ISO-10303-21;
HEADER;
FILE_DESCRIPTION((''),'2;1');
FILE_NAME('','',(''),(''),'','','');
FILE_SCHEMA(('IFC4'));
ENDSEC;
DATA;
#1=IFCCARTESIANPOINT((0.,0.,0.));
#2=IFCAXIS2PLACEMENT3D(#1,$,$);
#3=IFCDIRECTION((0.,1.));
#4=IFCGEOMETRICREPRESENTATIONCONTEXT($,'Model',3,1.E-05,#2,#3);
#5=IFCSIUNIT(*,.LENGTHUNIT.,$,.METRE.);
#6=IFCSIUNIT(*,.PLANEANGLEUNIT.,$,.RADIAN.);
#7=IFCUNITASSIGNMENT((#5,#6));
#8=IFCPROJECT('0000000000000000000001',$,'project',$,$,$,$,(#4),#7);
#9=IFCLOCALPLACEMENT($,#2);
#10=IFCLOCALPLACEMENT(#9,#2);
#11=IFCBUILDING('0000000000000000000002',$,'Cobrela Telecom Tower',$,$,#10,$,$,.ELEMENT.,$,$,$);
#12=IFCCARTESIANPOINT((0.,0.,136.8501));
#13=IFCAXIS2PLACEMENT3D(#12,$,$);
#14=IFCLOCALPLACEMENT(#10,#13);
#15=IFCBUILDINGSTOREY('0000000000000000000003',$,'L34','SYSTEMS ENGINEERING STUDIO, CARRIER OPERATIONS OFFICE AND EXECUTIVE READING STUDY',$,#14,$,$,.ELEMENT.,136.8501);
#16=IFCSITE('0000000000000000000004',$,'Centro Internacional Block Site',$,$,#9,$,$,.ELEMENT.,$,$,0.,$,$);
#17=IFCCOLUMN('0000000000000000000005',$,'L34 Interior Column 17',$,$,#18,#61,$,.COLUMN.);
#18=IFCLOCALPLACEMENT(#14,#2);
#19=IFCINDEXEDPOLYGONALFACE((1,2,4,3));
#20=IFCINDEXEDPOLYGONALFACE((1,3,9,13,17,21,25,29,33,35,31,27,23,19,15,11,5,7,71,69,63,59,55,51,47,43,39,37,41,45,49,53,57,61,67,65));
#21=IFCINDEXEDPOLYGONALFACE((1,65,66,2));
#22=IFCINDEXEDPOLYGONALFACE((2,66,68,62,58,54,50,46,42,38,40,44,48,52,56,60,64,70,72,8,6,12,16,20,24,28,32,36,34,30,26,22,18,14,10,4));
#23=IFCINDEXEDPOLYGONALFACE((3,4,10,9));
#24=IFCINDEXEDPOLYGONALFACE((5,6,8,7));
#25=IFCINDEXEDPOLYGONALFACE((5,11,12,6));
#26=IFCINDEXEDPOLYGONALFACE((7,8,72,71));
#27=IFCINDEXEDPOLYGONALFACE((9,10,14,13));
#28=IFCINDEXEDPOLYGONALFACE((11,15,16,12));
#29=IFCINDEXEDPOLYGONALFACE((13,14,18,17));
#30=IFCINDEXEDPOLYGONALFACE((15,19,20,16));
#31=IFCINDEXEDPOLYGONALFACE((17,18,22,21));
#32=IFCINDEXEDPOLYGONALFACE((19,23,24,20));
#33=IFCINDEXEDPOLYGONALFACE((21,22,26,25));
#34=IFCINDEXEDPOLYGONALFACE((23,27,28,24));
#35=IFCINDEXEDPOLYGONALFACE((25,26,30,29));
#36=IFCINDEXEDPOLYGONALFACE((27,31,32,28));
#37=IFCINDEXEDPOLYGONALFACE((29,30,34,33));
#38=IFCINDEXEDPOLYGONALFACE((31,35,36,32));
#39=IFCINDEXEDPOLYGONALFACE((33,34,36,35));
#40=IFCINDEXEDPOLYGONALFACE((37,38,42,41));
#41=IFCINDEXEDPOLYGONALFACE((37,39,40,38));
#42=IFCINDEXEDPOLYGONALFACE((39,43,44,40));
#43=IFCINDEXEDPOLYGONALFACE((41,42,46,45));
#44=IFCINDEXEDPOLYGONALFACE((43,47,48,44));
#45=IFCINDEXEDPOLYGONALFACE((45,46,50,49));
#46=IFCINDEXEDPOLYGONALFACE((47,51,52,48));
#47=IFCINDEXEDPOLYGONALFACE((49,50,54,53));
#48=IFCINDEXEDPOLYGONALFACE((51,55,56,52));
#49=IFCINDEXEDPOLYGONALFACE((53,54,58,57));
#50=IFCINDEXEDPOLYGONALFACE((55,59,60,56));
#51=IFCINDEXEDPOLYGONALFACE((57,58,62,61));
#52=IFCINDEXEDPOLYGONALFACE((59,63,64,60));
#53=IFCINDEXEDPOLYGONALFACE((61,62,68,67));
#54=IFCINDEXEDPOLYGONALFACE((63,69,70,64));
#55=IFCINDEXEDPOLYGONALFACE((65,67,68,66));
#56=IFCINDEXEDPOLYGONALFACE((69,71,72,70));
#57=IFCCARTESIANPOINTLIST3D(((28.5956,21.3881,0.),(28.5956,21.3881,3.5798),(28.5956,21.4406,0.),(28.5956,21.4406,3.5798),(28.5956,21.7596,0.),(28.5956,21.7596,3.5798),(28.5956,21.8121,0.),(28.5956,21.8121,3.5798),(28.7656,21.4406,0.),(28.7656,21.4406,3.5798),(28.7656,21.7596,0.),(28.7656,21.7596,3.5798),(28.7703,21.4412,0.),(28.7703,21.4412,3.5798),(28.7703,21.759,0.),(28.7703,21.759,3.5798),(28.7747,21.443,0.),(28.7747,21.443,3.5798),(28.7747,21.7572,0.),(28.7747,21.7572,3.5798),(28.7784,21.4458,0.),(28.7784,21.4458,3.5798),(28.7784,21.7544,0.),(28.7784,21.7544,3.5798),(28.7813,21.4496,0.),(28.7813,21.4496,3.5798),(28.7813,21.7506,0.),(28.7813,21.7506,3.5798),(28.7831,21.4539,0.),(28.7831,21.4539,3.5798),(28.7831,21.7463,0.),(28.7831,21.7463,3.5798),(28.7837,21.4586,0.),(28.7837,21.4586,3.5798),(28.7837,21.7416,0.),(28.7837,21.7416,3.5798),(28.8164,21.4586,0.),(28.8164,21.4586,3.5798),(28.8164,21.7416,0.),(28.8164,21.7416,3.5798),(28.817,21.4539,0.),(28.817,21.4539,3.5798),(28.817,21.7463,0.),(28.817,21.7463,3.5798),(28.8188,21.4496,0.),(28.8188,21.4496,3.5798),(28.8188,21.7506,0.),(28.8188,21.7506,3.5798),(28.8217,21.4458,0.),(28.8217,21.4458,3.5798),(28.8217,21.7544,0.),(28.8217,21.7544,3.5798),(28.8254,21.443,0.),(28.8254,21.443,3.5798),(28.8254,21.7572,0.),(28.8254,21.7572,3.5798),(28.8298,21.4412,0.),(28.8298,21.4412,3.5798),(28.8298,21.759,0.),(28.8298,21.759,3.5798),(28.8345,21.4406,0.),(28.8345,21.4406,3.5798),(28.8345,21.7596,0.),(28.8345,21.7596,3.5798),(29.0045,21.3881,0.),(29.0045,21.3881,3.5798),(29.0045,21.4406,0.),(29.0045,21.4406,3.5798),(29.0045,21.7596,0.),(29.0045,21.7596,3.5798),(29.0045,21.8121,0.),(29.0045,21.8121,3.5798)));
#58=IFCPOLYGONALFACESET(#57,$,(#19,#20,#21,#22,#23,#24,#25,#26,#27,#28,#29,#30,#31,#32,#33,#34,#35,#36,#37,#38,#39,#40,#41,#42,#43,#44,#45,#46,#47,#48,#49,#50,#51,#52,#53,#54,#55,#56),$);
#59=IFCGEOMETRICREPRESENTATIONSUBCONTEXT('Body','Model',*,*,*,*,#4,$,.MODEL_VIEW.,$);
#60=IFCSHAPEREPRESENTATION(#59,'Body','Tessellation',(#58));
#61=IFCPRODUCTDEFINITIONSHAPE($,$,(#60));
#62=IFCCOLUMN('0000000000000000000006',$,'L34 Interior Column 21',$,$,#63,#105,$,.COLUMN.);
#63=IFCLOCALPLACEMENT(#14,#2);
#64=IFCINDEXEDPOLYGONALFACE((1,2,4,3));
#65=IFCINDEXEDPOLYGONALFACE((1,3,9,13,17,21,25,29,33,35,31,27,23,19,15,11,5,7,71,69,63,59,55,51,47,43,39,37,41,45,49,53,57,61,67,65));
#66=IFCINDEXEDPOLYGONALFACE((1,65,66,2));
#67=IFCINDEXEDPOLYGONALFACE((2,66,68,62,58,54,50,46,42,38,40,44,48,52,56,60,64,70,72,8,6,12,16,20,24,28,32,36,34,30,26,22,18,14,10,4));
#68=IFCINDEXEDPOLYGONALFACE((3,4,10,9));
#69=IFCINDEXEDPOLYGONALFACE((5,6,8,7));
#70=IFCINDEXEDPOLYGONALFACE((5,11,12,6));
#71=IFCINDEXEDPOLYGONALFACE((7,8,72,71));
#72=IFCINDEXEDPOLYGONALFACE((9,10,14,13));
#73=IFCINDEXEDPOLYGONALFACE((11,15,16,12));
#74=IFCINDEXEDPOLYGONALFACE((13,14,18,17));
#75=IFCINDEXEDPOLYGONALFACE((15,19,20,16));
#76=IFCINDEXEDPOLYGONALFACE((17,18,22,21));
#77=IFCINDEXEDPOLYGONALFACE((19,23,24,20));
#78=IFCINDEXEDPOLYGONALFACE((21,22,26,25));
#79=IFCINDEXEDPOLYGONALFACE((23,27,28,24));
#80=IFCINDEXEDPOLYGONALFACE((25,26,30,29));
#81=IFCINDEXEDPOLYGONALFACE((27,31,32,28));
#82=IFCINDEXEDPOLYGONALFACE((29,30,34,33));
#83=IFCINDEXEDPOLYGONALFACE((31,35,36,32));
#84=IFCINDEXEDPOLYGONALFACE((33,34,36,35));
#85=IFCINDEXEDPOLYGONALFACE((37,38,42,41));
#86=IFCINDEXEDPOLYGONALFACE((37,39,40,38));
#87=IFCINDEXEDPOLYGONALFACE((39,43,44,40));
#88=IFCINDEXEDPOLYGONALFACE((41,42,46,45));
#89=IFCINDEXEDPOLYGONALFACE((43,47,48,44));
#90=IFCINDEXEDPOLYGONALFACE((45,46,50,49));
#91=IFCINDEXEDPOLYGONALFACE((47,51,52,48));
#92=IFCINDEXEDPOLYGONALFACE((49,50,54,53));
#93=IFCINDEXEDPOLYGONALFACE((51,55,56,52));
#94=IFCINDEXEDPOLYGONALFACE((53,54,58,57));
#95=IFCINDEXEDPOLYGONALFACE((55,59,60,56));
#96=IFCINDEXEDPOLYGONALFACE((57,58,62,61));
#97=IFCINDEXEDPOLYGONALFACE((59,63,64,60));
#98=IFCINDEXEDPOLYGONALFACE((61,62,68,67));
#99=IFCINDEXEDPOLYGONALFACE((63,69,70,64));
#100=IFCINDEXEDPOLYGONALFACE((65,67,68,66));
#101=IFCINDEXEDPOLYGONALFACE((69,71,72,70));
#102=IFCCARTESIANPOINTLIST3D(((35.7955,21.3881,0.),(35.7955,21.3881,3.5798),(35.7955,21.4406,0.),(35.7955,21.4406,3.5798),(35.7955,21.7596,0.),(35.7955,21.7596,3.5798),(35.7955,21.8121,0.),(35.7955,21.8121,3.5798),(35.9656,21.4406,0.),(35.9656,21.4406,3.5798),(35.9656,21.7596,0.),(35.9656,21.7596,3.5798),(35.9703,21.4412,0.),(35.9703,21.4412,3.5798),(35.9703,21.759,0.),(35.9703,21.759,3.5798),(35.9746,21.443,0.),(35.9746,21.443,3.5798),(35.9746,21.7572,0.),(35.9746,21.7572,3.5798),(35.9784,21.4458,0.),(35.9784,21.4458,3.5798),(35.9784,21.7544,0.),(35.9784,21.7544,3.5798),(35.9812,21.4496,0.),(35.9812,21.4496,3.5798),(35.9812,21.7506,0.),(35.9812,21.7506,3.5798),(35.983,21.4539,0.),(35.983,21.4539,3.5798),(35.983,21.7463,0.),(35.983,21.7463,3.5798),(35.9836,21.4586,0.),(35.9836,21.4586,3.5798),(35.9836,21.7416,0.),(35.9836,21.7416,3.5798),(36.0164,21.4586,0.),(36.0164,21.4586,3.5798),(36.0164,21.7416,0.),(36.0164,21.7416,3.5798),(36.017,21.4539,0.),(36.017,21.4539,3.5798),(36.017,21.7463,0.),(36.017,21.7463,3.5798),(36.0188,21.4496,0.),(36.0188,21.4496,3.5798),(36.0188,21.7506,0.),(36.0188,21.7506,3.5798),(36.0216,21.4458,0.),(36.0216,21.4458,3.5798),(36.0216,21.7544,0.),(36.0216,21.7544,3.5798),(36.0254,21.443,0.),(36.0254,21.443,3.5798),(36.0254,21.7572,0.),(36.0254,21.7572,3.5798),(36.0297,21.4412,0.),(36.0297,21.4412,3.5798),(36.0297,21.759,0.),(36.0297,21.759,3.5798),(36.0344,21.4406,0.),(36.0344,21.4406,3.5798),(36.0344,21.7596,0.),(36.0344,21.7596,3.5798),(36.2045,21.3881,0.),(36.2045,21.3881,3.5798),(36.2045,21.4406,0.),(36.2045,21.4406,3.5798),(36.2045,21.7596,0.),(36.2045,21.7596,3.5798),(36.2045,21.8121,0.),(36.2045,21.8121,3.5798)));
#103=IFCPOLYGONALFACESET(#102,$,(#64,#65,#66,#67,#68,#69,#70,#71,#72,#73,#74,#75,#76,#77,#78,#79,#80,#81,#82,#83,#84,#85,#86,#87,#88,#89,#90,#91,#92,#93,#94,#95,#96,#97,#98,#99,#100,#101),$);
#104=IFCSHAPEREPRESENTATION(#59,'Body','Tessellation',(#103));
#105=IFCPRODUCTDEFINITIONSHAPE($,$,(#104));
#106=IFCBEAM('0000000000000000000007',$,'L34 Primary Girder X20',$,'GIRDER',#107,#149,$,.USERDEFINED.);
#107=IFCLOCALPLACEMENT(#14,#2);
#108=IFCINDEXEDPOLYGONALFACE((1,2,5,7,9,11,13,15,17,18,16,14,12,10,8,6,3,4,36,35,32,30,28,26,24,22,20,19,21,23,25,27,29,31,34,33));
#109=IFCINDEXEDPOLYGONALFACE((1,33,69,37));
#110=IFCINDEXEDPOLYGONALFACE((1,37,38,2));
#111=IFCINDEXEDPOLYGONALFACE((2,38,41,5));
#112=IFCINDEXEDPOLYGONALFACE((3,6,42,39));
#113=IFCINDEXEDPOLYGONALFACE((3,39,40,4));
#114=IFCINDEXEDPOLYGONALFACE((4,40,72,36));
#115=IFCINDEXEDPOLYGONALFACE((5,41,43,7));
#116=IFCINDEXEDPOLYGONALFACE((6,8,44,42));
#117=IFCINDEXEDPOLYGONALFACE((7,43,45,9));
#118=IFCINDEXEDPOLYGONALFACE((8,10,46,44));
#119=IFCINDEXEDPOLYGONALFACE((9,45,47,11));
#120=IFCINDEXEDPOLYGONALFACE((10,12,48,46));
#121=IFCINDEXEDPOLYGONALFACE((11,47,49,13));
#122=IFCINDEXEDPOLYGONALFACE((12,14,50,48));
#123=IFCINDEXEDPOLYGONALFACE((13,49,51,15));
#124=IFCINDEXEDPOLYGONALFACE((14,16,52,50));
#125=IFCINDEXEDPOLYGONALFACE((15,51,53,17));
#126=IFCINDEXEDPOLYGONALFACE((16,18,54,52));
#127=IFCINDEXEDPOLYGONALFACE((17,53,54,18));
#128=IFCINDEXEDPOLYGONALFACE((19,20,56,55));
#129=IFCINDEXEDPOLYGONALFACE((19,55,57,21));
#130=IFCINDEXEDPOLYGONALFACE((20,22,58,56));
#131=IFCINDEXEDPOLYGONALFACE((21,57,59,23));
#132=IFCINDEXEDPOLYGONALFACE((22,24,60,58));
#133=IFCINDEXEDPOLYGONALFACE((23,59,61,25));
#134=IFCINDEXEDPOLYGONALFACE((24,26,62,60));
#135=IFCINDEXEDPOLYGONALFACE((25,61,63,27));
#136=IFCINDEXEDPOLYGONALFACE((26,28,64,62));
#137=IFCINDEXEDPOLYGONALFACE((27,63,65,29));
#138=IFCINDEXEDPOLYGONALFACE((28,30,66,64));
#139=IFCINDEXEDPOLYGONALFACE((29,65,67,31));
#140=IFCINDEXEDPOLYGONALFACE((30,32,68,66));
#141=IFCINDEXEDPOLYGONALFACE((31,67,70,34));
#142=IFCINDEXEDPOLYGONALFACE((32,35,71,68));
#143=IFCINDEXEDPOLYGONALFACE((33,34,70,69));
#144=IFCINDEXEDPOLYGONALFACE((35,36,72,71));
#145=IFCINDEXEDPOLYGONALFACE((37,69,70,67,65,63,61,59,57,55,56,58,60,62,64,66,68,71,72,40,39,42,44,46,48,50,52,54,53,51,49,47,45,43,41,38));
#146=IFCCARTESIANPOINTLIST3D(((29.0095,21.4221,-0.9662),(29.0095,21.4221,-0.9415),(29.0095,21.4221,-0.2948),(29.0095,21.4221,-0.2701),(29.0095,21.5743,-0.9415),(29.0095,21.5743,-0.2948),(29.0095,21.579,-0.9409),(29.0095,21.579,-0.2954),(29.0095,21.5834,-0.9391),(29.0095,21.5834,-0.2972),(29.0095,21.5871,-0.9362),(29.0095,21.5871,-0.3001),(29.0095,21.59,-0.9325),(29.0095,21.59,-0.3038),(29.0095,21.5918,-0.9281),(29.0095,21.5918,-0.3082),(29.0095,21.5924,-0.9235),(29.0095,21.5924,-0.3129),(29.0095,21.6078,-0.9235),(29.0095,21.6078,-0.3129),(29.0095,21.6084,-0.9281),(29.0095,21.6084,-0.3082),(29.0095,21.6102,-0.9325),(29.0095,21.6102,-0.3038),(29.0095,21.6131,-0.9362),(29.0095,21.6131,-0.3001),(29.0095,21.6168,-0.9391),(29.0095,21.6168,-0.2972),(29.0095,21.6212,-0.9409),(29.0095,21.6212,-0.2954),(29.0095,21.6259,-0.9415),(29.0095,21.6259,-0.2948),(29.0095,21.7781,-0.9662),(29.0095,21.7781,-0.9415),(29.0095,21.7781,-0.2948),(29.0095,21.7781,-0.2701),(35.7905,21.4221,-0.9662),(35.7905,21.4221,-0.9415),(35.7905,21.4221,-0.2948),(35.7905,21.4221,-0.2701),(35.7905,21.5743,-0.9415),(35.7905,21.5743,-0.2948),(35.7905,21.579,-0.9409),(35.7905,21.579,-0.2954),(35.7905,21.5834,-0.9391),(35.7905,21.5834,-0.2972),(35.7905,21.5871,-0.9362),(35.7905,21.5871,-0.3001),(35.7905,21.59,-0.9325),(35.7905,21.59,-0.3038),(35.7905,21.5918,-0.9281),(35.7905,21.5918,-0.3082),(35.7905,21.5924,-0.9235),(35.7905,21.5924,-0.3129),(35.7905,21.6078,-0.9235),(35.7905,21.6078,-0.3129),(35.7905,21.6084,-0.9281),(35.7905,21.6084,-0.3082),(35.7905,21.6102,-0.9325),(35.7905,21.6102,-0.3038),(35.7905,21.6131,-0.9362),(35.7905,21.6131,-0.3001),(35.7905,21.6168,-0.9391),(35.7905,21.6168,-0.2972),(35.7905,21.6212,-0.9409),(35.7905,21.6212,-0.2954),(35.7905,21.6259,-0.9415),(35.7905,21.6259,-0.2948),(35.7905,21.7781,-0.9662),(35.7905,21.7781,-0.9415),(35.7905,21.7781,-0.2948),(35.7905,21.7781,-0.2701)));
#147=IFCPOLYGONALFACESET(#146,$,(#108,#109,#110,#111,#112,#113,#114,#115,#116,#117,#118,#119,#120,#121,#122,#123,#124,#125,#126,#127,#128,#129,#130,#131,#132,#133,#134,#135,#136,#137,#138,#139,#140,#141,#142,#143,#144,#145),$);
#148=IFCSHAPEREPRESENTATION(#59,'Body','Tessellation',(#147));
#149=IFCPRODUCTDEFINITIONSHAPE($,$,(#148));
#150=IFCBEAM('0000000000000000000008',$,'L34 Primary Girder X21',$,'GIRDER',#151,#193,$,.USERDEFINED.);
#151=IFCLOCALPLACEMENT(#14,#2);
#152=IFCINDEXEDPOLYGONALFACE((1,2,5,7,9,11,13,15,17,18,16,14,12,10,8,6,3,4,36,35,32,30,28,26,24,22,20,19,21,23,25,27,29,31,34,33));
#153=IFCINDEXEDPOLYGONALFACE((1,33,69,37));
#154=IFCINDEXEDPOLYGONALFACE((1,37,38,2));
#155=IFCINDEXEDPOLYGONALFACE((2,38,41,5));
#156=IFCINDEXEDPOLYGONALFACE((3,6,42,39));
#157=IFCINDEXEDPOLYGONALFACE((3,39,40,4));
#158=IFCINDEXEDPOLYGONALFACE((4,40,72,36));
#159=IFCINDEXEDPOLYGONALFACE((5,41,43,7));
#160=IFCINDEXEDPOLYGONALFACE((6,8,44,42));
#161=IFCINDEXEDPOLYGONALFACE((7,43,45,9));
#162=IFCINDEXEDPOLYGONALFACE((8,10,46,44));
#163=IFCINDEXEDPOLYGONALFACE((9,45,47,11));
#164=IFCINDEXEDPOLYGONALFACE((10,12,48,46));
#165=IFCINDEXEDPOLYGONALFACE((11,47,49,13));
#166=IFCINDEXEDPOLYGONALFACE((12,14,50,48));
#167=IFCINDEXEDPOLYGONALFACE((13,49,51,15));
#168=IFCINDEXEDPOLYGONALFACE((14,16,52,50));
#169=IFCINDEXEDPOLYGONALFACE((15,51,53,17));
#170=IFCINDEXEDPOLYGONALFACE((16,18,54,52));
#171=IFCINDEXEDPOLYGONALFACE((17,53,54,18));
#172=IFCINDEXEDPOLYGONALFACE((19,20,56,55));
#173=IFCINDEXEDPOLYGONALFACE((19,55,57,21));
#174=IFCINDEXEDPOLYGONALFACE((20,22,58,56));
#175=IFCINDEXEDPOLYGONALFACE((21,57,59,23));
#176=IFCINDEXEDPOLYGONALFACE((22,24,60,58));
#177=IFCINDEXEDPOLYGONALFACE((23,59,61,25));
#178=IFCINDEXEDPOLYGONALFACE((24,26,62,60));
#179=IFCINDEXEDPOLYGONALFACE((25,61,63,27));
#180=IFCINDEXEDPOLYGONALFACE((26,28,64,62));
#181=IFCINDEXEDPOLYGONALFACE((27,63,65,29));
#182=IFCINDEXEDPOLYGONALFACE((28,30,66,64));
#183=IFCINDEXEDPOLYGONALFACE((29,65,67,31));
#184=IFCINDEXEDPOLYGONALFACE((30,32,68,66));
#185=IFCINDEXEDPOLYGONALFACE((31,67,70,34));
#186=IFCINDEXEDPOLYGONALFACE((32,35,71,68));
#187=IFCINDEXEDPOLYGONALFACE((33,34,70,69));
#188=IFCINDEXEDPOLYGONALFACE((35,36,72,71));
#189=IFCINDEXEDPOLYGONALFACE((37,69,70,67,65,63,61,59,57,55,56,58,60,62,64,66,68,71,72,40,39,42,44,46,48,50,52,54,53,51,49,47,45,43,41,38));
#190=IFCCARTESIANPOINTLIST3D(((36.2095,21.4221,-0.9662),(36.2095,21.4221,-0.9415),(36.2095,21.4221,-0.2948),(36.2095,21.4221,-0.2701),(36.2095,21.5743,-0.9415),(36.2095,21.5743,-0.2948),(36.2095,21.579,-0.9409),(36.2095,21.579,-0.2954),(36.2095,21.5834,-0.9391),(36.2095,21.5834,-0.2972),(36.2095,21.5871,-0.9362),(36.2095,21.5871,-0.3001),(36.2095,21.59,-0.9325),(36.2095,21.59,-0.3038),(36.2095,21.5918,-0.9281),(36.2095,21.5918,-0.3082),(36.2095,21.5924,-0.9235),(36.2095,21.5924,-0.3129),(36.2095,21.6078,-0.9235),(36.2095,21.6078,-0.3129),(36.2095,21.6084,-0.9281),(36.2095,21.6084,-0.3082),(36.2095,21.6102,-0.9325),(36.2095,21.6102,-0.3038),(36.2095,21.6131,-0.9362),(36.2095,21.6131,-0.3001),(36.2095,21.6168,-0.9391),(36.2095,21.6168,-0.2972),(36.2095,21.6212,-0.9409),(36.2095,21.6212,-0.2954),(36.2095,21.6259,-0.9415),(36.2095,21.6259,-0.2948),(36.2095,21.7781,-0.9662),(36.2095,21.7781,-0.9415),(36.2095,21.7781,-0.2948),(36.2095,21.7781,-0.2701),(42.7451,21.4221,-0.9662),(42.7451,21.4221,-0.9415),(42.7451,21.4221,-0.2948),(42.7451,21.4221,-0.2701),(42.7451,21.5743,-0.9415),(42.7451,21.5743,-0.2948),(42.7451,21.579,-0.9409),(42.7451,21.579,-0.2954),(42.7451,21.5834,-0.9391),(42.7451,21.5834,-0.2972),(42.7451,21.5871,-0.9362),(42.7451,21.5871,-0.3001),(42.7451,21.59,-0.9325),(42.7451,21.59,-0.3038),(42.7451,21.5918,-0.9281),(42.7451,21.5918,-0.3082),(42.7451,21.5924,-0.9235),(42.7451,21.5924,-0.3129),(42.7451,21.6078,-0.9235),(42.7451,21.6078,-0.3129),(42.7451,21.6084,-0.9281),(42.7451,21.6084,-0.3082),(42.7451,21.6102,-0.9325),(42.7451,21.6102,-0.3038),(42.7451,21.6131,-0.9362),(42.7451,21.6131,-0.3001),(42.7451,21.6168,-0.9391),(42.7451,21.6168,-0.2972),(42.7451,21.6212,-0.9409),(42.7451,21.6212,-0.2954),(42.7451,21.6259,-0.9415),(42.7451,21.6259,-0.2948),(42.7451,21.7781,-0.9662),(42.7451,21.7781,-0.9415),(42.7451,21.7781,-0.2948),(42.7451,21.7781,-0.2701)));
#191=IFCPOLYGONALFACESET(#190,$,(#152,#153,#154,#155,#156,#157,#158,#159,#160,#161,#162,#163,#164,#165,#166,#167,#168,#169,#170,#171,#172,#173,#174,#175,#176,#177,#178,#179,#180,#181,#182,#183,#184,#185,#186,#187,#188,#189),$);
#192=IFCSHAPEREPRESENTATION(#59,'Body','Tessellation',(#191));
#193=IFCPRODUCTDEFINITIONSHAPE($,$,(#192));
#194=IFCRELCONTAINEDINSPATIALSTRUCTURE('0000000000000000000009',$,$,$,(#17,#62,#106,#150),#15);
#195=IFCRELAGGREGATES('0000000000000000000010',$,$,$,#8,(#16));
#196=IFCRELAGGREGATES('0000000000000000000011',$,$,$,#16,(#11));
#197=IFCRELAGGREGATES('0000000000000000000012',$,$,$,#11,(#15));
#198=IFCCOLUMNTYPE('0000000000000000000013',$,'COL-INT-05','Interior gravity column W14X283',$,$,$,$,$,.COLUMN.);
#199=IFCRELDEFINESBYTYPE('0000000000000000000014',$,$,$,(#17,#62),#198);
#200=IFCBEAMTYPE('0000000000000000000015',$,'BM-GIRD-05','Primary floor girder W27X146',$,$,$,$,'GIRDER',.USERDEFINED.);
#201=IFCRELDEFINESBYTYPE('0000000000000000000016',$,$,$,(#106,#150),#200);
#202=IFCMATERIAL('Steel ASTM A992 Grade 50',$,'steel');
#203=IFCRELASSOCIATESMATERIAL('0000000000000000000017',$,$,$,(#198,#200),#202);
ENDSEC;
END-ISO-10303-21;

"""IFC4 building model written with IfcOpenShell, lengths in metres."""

from ifc_helpers import new_model, si_unit, direction, frame, origin, origin_2d, place, context, subcontext, project, spatial, i_section, extrude, material, material_profile, profile_set, type_object, element, save


model = new_model("IFC4")

# Units and contexts
model_context = context("Model", 3, precision=1e-05, world=origin(), true_north=direction((0.0, 1.0)))
body_context = subcontext(model_context, "Body", "Model", "MODEL_VIEW")
ifc_project = project(units=[si_unit("LENGTHUNIT", "METRE"), si_unit("PLANEANGLEUNIT", "RADIAN")], contexts=[model_context])

# Site, building, storey
site_placement = place(None, origin())
site = spatial("IfcSite", under=ifc_project, at=site_placement, Name="Centro Internacional Block Site", CompositionType="ELEMENT", RefElevation=0.0)
building_placement = place(site_placement, origin())
building = spatial("IfcBuilding", under=site, at=building_placement, Name="Cobrela Telecom Tower", CompositionType="ELEMENT")
storey_placement = place(building_placement, frame((0.0, 0.0, 136.8501)))
storey = spatial("IfcBuildingStorey", under=building, at=storey_placement, Name="L34", Description="SYSTEMS ENGINEERING STUDIO, CARRIER OPERATIONS OFFICE AND EXECUTIVE READING STUDY", CompositionType="ELEMENT", Elevation=136.8501)

# Columns
ifc_material_1 = material(Name="Steel ASTM A992 Grade 50", Category="steel")
ifc_material_profile_1 = material_profile(ifc_material_1, i_section(OverallWidth=0.4089, OverallDepth=0.4241, WebThickness=0.0327, FlangeThickness=0.0525, FilletRadius=0.0181, at=origin_2d()), Name="W14X283")
ifc_profile_set_1 = profile_set([ifc_material_profile_1], Name="Steel ASTM A992 Grade 50")
column_type = type_object("IfcColumnType", Name="COL-INT-05", Description="Interior gravity column W14X283", PredefinedType="COLUMN", material=ifc_profile_set_1)
for number, where, z_axis, x_axis, name in (
    (1, (28.8, 21.6001, 0.0), (0.0, 0.0, 1.0), (1.0, 0.0, 0.0), "L34 Interior Column 17"),
    (2, (36.0, 21.6001, 0.0), (0.0, 0.0, 1.0), (1.0, 0.0, 0.0), "L34 Interior Column 21"),
):
    element("IfcColumn", number, at=place(storey_placement, frame(where, z_axis=z_axis, x_axis=x_axis)), inside=storey, type_object=column_type, Name=name, PredefinedType="COLUMN", context=body_context, shape_type="SweptSolid", body=[
        extrude(i_section(OverallWidth=0.4089, OverallDepth=0.4241, WebThickness=0.0327, FlangeThickness=0.0525, FilletRadius=0.0181, at=origin_2d()), origin(), (0.0, 0.0, 1.0), 3.5798),
    ])

# Beams
ifc_material_profile_2 = material_profile(ifc_material_1, i_section(OverallWidth=0.356, OverallDepth=0.696, WebThickness=0.0154, FlangeThickness=0.0247, FilletRadius=0.0181, at=origin_2d()), Name="W27X146")
ifc_profile_set_2 = profile_set([ifc_material_profile_2], Name="Steel ASTM A992 Grade 50")
beam_type_1 = type_object("IfcBeamType", Name="BM-GIRD-05", Description="Primary floor girder W27X146", ElementType="GIRDER", PredefinedType="USERDEFINED", material=ifc_profile_set_2)
beam_1_placement = place(storey_placement, frame((29.0095, 21.6001, -0.6182), z_axis=(1.0, 0.0, 0.0), x_axis=(0.0, 1.0, 0.0)))
element("IfcBeam", 3, at=beam_1_placement, inside=storey, type_object=beam_type_1, Name="L34 Primary Girder X20", ObjectType="GIRDER", PredefinedType="USERDEFINED", context=body_context, shape_type="SweptSolid", body=[
    extrude(i_section(OverallWidth=0.356, OverallDepth=0.696, WebThickness=0.0154, FlangeThickness=0.0247, FilletRadius=0.0181, at=origin_2d()), origin(), (0.0, 0.0, 1.0), 6.781),
])
beam_2_placement = place(storey_placement, frame((36.2095, 21.6001, -0.6182), z_axis=(1.0, 0.0, 0.0), x_axis=(0.0, 1.0, 0.0)))
element("IfcBeam", 4, at=beam_2_placement, inside=storey, type_object=beam_type_1, Name="L34 Primary Girder X21", ObjectType="GIRDER", PredefinedType="USERDEFINED", context=body_context, shape_type="SweptSolid", body=[
    extrude(i_section(OverallWidth=0.356, OverallDepth=0.696, WebThickness=0.0154, FlangeThickness=0.0247, FilletRadius=0.0181, at=origin_2d()), origin(), (0.0, 0.0, 1.0), 6.5356),
])

save(model, "model.ifc")
